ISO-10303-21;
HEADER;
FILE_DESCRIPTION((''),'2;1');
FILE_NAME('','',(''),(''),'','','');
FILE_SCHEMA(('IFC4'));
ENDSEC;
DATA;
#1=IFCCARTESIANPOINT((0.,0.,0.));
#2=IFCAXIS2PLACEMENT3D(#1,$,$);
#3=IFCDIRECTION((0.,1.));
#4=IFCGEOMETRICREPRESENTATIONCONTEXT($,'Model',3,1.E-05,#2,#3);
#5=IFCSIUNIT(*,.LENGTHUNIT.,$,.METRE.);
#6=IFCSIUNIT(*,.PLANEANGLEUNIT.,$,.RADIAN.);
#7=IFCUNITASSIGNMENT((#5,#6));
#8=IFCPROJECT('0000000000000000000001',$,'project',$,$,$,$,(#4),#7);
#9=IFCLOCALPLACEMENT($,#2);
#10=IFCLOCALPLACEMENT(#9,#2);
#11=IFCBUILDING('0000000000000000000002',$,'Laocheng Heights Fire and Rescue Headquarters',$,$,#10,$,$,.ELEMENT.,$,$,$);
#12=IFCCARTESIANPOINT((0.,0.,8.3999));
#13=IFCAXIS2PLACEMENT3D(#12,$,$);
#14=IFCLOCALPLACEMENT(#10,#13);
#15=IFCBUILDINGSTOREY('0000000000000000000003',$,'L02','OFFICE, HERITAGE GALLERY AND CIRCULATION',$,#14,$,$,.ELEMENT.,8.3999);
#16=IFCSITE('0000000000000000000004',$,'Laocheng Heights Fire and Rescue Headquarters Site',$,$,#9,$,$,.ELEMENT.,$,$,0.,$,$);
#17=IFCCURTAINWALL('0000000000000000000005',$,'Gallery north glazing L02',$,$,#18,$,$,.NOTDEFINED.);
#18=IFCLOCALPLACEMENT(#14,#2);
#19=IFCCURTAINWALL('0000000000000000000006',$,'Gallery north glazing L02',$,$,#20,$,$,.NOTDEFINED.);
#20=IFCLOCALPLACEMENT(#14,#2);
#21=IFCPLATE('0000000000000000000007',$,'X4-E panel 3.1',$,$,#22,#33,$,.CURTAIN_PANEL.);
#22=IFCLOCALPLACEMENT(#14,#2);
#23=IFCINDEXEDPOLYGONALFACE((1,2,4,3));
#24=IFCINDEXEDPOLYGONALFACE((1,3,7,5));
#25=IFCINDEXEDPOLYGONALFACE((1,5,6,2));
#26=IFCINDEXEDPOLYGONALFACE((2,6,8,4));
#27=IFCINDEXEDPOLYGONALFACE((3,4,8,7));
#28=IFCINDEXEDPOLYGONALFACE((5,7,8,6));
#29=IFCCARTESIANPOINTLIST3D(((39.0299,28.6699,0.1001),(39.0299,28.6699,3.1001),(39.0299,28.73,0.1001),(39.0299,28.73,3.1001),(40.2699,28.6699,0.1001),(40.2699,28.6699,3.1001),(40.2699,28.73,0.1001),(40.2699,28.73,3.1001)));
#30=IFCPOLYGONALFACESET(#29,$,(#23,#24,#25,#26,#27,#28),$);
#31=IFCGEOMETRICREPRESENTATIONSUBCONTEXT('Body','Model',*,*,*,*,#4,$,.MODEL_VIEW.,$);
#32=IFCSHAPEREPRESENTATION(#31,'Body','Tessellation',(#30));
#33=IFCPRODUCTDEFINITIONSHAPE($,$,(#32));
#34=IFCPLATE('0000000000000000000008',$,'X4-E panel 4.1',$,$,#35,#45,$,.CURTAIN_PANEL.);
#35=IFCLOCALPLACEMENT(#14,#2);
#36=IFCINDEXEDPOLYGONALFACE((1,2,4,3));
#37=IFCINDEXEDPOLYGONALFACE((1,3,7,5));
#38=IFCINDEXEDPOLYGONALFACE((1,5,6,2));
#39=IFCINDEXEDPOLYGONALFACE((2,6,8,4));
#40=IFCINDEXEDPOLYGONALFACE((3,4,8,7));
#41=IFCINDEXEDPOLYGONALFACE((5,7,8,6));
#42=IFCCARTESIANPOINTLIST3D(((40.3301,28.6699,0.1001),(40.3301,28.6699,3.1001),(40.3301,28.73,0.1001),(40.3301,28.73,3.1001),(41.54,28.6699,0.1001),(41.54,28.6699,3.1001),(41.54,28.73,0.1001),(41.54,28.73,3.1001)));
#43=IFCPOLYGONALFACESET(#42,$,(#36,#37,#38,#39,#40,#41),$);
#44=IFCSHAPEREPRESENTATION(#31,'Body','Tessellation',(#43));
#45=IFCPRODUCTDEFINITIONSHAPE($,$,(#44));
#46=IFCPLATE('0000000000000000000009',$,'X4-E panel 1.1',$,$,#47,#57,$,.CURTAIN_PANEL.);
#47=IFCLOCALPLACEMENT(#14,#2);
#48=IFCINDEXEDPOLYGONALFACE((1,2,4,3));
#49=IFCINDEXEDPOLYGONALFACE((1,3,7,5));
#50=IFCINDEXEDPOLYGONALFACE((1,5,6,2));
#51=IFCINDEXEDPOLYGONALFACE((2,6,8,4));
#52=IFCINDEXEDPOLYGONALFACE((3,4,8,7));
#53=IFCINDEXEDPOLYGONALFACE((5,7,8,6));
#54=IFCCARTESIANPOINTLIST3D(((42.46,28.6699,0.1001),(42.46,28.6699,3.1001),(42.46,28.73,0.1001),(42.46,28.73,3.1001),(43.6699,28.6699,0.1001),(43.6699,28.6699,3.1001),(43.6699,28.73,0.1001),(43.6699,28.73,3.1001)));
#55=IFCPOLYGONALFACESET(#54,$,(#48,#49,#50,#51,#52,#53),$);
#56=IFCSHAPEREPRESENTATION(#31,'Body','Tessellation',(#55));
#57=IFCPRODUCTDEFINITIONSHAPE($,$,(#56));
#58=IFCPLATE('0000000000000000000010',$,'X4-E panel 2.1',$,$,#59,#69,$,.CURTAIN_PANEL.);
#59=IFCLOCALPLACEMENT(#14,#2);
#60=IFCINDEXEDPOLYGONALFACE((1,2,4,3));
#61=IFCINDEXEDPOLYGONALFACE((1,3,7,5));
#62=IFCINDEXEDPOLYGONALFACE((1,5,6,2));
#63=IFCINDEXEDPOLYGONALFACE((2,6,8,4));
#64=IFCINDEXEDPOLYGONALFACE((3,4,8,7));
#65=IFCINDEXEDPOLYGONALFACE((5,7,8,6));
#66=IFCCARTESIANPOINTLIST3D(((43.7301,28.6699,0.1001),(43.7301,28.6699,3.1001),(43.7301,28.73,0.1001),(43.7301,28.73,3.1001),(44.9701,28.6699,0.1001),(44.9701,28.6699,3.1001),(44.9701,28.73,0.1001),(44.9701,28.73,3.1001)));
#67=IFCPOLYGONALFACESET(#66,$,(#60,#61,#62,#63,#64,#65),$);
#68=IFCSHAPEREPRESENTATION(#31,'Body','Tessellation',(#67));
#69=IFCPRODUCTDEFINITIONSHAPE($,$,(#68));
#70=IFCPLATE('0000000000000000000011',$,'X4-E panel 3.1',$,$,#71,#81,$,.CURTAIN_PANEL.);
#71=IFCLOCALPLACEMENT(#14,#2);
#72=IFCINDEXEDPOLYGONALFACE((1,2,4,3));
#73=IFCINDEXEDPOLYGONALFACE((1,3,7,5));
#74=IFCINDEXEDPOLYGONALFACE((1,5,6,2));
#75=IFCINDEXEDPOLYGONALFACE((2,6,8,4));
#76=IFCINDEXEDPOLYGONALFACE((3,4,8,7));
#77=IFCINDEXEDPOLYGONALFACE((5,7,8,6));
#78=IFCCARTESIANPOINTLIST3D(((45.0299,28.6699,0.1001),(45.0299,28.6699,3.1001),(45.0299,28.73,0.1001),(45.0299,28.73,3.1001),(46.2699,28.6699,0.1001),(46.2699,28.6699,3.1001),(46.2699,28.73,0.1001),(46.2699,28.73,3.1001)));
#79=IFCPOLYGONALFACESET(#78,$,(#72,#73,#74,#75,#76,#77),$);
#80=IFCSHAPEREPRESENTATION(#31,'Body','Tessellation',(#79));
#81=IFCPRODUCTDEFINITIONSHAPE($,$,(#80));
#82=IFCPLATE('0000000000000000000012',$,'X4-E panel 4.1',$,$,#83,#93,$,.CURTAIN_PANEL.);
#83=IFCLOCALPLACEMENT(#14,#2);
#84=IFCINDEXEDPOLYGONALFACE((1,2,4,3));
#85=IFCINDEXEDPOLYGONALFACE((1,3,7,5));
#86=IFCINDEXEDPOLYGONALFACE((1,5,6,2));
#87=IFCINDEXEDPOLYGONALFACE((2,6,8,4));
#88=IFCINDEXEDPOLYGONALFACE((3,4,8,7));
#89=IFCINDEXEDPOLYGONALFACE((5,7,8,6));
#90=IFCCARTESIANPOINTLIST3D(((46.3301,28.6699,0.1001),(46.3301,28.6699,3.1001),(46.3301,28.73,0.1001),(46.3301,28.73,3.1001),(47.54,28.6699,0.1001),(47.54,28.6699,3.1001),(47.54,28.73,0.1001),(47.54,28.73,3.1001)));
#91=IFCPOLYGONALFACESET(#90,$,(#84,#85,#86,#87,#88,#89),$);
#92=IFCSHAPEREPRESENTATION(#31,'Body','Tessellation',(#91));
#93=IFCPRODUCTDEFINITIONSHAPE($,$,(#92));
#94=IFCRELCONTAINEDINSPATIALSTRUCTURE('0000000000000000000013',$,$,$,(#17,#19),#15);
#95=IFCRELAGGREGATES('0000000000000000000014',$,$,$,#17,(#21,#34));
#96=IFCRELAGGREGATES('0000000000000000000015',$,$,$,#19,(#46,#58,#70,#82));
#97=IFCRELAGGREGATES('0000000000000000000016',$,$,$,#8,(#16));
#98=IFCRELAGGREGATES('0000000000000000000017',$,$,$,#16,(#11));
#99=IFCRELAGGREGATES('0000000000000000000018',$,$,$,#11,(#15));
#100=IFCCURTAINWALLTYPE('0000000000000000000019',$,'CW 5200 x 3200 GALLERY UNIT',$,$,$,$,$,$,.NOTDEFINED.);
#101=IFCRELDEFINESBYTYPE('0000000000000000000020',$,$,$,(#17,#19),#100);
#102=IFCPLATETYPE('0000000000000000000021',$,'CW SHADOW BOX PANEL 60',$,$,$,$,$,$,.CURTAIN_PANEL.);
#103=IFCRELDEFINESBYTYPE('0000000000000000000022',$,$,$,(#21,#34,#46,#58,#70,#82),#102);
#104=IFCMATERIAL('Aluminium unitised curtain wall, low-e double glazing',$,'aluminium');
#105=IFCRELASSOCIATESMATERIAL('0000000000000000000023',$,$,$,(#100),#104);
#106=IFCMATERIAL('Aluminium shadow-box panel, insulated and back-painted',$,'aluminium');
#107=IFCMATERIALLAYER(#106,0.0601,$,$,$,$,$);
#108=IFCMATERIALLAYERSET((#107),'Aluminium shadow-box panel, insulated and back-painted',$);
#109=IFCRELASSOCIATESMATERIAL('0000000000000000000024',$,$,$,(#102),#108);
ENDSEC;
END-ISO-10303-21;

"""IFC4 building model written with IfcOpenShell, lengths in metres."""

from ifc_helpers import new_model, si_unit, direction, frame, origin, origin_2d, place, context, subcontext, project, spatial, rectangle, extrude, material, layer, layer_set, type_object, element, aggregate, save


model = new_model("IFC4")

# Units and contexts
model_context = context("Model", 3, precision=1e-05, world=origin(), true_north=direction((0.0, 1.0)))
body_context = subcontext(model_context, "Body", "Model", "MODEL_VIEW")
ifc_project = project(units=[si_unit("LENGTHUNIT", "METRE"), si_unit("PLANEANGLEUNIT", "RADIAN")], contexts=[model_context])

# Site, building, storey
site_placement = place(None, origin())
site = spatial("IfcSite", under=ifc_project, at=site_placement, Name="Laocheng Heights Fire and Rescue Headquarters Site", CompositionType="ELEMENT", RefElevation=0.0)
building_placement = place(site_placement, origin())
building = spatial("IfcBuilding", under=site, at=building_placement, Name="Laocheng Heights Fire and Rescue Headquarters", CompositionType="ELEMENT")
storey_placement = place(building_placement, frame((0.0, 0.0, 8.3999)))
storey = spatial("IfcBuildingStorey", under=building, at=storey_placement, Name="L02", Description="OFFICE, HERITAGE GALLERY AND CIRCULATION", CompositionType="ELEMENT", Elevation=8.3999)

# Curtain walls
ifc_material_1 = material(Name="Aluminium unitised curtain wall, low-e double glazing", Category="aluminium")
curtain_wall_type = type_object("IfcCurtainWallType", Name="CW 5200 x 3200 GALLERY UNIT", PredefinedType="NOTDEFINED", material=ifc_material_1)
curtain_wall_1_placement = place(storey_placement, origin())
curtain_wall_1 = element("IfcCurtainWall", 1, at=curtain_wall_1_placement, inside=storey, type_object=curtain_wall_type, Name="Gallery north glazing L02", PredefinedType="NOTDEFINED")
curtain_wall_2_placement = place(storey_placement, origin())
curtain_wall_2 = element("IfcCurtainWall", 2, at=curtain_wall_2_placement, inside=storey, type_object=curtain_wall_type, Name="Gallery north glazing L02", PredefinedType="NOTDEFINED")

# Plates
ifc_material_2 = material(Name="Aluminium shadow-box panel, insulated and back-painted", Category="aluminium")
ifc_layer = layer(ifc_material_2, 0.0601)
ifc_layer_set = layer_set([ifc_layer], Name="Aluminium shadow-box panel, insulated and back-painted")
plate_type = type_object("IfcPlateType", Name="CW SHADOW BOX PANEL 60", PredefinedType="CURTAIN_PANEL", material=ifc_layer_set)
plate_1_placement = place(storey_placement, frame((39.6499, 28.7, 0.1001), z_axis=(0.0, 0.0, 1.0), x_axis=(1.0, 0.0, 0.0)))
plate_1 = element("IfcPlate", 3, at=plate_1_placement, type_object=plate_type, Name="X4-E panel 3.1", PredefinedType="CURTAIN_PANEL", context=body_context, shape_type="SweptSolid", body=[
    extrude(rectangle(XDim=1.24, YDim=0.0601, at=origin_2d()), origin(), (0.0, 0.0, 1.0), 3.0),
])
plate_2_placement = place(storey_placement, frame((40.9351, 28.7, 0.1001), z_axis=(0.0, 0.0, 1.0), x_axis=(1.0, 0.0, 0.0)))
plate_2 = element("IfcPlate", 4, at=plate_2_placement, type_object=plate_type, Name="X4-E panel 4.1", PredefinedType="CURTAIN_PANEL", context=body_context, shape_type="SweptSolid", body=[
    extrude(rectangle(XDim=1.21, YDim=0.0601, at=origin_2d()), origin(), (0.0, 0.0, 1.0), 3.0),
])
aggregate(curtain_wall_1, [plate_1, plate_2])
plate_3_placement = place(storey_placement, frame((43.0649, 28.7, 0.1001), z_axis=(0.0, 0.0, 1.0), x_axis=(1.0, 0.0, 0.0)))
plate_3 = element("IfcPlate", 5, at=plate_3_placement, type_object=plate_type, Name="X4-E panel 1.1", PredefinedType="CURTAIN_PANEL", context=body_context, shape_type="SweptSolid", body=[
    extrude(rectangle(XDim=1.21, YDim=0.0601, at=origin_2d()), origin(), (0.0, 0.0, 1.0), 3.0),
])
plate_4_placement = place(storey_placement, frame((44.3501, 28.7, 0.1001), z_axis=(0.0, 0.0, 1.0), x_axis=(1.0, 0.0, 0.0)))
plate_4 = element("IfcPlate", 6, at=plate_4_placement, type_object=plate_type, Name="X4-E panel 2.1", PredefinedType="CURTAIN_PANEL", context=body_context, shape_type="SweptSolid", body=[
    extrude(rectangle(XDim=1.24, YDim=0.0601, at=origin_2d()), origin(), (0.0, 0.0, 1.0), 3.0),
])
plate_5_placement = place(storey_placement, frame((45.6499, 28.7, 0.1001), z_axis=(0.0, 0.0, 1.0), x_axis=(1.0, 0.0, 0.0)))
plate_5 = element("IfcPlate", 7, at=plate_5_placement, type_object=plate_type, Name="X4-E panel 3.1", PredefinedType="CURTAIN_PANEL", context=body_context, shape_type="SweptSolid", body=[
    extrude(rectangle(XDim=1.24, YDim=0.0601, at=origin_2d()), origin(), (0.0, 0.0, 1.0), 3.0),
])
plate_6_placement = place(storey_placement, frame((46.9351, 28.7, 0.1001), z_axis=(0.0, 0.0, 1.0), x_axis=(1.0, 0.0, 0.0)))
plate_6 = element("IfcPlate", 8, at=plate_6_placement, type_object=plate_type, Name="X4-E panel 4.1", PredefinedType="CURTAIN_PANEL", context=body_context, shape_type="SweptSolid", body=[
    extrude(rectangle(XDim=1.21, YDim=0.0601, at=origin_2d()), origin(), (0.0, 0.0, 1.0), 3.0),
])
aggregate(curtain_wall_2, [plate_3, plate_4, plate_5, plate_6])

save(model, "model.ifc")
